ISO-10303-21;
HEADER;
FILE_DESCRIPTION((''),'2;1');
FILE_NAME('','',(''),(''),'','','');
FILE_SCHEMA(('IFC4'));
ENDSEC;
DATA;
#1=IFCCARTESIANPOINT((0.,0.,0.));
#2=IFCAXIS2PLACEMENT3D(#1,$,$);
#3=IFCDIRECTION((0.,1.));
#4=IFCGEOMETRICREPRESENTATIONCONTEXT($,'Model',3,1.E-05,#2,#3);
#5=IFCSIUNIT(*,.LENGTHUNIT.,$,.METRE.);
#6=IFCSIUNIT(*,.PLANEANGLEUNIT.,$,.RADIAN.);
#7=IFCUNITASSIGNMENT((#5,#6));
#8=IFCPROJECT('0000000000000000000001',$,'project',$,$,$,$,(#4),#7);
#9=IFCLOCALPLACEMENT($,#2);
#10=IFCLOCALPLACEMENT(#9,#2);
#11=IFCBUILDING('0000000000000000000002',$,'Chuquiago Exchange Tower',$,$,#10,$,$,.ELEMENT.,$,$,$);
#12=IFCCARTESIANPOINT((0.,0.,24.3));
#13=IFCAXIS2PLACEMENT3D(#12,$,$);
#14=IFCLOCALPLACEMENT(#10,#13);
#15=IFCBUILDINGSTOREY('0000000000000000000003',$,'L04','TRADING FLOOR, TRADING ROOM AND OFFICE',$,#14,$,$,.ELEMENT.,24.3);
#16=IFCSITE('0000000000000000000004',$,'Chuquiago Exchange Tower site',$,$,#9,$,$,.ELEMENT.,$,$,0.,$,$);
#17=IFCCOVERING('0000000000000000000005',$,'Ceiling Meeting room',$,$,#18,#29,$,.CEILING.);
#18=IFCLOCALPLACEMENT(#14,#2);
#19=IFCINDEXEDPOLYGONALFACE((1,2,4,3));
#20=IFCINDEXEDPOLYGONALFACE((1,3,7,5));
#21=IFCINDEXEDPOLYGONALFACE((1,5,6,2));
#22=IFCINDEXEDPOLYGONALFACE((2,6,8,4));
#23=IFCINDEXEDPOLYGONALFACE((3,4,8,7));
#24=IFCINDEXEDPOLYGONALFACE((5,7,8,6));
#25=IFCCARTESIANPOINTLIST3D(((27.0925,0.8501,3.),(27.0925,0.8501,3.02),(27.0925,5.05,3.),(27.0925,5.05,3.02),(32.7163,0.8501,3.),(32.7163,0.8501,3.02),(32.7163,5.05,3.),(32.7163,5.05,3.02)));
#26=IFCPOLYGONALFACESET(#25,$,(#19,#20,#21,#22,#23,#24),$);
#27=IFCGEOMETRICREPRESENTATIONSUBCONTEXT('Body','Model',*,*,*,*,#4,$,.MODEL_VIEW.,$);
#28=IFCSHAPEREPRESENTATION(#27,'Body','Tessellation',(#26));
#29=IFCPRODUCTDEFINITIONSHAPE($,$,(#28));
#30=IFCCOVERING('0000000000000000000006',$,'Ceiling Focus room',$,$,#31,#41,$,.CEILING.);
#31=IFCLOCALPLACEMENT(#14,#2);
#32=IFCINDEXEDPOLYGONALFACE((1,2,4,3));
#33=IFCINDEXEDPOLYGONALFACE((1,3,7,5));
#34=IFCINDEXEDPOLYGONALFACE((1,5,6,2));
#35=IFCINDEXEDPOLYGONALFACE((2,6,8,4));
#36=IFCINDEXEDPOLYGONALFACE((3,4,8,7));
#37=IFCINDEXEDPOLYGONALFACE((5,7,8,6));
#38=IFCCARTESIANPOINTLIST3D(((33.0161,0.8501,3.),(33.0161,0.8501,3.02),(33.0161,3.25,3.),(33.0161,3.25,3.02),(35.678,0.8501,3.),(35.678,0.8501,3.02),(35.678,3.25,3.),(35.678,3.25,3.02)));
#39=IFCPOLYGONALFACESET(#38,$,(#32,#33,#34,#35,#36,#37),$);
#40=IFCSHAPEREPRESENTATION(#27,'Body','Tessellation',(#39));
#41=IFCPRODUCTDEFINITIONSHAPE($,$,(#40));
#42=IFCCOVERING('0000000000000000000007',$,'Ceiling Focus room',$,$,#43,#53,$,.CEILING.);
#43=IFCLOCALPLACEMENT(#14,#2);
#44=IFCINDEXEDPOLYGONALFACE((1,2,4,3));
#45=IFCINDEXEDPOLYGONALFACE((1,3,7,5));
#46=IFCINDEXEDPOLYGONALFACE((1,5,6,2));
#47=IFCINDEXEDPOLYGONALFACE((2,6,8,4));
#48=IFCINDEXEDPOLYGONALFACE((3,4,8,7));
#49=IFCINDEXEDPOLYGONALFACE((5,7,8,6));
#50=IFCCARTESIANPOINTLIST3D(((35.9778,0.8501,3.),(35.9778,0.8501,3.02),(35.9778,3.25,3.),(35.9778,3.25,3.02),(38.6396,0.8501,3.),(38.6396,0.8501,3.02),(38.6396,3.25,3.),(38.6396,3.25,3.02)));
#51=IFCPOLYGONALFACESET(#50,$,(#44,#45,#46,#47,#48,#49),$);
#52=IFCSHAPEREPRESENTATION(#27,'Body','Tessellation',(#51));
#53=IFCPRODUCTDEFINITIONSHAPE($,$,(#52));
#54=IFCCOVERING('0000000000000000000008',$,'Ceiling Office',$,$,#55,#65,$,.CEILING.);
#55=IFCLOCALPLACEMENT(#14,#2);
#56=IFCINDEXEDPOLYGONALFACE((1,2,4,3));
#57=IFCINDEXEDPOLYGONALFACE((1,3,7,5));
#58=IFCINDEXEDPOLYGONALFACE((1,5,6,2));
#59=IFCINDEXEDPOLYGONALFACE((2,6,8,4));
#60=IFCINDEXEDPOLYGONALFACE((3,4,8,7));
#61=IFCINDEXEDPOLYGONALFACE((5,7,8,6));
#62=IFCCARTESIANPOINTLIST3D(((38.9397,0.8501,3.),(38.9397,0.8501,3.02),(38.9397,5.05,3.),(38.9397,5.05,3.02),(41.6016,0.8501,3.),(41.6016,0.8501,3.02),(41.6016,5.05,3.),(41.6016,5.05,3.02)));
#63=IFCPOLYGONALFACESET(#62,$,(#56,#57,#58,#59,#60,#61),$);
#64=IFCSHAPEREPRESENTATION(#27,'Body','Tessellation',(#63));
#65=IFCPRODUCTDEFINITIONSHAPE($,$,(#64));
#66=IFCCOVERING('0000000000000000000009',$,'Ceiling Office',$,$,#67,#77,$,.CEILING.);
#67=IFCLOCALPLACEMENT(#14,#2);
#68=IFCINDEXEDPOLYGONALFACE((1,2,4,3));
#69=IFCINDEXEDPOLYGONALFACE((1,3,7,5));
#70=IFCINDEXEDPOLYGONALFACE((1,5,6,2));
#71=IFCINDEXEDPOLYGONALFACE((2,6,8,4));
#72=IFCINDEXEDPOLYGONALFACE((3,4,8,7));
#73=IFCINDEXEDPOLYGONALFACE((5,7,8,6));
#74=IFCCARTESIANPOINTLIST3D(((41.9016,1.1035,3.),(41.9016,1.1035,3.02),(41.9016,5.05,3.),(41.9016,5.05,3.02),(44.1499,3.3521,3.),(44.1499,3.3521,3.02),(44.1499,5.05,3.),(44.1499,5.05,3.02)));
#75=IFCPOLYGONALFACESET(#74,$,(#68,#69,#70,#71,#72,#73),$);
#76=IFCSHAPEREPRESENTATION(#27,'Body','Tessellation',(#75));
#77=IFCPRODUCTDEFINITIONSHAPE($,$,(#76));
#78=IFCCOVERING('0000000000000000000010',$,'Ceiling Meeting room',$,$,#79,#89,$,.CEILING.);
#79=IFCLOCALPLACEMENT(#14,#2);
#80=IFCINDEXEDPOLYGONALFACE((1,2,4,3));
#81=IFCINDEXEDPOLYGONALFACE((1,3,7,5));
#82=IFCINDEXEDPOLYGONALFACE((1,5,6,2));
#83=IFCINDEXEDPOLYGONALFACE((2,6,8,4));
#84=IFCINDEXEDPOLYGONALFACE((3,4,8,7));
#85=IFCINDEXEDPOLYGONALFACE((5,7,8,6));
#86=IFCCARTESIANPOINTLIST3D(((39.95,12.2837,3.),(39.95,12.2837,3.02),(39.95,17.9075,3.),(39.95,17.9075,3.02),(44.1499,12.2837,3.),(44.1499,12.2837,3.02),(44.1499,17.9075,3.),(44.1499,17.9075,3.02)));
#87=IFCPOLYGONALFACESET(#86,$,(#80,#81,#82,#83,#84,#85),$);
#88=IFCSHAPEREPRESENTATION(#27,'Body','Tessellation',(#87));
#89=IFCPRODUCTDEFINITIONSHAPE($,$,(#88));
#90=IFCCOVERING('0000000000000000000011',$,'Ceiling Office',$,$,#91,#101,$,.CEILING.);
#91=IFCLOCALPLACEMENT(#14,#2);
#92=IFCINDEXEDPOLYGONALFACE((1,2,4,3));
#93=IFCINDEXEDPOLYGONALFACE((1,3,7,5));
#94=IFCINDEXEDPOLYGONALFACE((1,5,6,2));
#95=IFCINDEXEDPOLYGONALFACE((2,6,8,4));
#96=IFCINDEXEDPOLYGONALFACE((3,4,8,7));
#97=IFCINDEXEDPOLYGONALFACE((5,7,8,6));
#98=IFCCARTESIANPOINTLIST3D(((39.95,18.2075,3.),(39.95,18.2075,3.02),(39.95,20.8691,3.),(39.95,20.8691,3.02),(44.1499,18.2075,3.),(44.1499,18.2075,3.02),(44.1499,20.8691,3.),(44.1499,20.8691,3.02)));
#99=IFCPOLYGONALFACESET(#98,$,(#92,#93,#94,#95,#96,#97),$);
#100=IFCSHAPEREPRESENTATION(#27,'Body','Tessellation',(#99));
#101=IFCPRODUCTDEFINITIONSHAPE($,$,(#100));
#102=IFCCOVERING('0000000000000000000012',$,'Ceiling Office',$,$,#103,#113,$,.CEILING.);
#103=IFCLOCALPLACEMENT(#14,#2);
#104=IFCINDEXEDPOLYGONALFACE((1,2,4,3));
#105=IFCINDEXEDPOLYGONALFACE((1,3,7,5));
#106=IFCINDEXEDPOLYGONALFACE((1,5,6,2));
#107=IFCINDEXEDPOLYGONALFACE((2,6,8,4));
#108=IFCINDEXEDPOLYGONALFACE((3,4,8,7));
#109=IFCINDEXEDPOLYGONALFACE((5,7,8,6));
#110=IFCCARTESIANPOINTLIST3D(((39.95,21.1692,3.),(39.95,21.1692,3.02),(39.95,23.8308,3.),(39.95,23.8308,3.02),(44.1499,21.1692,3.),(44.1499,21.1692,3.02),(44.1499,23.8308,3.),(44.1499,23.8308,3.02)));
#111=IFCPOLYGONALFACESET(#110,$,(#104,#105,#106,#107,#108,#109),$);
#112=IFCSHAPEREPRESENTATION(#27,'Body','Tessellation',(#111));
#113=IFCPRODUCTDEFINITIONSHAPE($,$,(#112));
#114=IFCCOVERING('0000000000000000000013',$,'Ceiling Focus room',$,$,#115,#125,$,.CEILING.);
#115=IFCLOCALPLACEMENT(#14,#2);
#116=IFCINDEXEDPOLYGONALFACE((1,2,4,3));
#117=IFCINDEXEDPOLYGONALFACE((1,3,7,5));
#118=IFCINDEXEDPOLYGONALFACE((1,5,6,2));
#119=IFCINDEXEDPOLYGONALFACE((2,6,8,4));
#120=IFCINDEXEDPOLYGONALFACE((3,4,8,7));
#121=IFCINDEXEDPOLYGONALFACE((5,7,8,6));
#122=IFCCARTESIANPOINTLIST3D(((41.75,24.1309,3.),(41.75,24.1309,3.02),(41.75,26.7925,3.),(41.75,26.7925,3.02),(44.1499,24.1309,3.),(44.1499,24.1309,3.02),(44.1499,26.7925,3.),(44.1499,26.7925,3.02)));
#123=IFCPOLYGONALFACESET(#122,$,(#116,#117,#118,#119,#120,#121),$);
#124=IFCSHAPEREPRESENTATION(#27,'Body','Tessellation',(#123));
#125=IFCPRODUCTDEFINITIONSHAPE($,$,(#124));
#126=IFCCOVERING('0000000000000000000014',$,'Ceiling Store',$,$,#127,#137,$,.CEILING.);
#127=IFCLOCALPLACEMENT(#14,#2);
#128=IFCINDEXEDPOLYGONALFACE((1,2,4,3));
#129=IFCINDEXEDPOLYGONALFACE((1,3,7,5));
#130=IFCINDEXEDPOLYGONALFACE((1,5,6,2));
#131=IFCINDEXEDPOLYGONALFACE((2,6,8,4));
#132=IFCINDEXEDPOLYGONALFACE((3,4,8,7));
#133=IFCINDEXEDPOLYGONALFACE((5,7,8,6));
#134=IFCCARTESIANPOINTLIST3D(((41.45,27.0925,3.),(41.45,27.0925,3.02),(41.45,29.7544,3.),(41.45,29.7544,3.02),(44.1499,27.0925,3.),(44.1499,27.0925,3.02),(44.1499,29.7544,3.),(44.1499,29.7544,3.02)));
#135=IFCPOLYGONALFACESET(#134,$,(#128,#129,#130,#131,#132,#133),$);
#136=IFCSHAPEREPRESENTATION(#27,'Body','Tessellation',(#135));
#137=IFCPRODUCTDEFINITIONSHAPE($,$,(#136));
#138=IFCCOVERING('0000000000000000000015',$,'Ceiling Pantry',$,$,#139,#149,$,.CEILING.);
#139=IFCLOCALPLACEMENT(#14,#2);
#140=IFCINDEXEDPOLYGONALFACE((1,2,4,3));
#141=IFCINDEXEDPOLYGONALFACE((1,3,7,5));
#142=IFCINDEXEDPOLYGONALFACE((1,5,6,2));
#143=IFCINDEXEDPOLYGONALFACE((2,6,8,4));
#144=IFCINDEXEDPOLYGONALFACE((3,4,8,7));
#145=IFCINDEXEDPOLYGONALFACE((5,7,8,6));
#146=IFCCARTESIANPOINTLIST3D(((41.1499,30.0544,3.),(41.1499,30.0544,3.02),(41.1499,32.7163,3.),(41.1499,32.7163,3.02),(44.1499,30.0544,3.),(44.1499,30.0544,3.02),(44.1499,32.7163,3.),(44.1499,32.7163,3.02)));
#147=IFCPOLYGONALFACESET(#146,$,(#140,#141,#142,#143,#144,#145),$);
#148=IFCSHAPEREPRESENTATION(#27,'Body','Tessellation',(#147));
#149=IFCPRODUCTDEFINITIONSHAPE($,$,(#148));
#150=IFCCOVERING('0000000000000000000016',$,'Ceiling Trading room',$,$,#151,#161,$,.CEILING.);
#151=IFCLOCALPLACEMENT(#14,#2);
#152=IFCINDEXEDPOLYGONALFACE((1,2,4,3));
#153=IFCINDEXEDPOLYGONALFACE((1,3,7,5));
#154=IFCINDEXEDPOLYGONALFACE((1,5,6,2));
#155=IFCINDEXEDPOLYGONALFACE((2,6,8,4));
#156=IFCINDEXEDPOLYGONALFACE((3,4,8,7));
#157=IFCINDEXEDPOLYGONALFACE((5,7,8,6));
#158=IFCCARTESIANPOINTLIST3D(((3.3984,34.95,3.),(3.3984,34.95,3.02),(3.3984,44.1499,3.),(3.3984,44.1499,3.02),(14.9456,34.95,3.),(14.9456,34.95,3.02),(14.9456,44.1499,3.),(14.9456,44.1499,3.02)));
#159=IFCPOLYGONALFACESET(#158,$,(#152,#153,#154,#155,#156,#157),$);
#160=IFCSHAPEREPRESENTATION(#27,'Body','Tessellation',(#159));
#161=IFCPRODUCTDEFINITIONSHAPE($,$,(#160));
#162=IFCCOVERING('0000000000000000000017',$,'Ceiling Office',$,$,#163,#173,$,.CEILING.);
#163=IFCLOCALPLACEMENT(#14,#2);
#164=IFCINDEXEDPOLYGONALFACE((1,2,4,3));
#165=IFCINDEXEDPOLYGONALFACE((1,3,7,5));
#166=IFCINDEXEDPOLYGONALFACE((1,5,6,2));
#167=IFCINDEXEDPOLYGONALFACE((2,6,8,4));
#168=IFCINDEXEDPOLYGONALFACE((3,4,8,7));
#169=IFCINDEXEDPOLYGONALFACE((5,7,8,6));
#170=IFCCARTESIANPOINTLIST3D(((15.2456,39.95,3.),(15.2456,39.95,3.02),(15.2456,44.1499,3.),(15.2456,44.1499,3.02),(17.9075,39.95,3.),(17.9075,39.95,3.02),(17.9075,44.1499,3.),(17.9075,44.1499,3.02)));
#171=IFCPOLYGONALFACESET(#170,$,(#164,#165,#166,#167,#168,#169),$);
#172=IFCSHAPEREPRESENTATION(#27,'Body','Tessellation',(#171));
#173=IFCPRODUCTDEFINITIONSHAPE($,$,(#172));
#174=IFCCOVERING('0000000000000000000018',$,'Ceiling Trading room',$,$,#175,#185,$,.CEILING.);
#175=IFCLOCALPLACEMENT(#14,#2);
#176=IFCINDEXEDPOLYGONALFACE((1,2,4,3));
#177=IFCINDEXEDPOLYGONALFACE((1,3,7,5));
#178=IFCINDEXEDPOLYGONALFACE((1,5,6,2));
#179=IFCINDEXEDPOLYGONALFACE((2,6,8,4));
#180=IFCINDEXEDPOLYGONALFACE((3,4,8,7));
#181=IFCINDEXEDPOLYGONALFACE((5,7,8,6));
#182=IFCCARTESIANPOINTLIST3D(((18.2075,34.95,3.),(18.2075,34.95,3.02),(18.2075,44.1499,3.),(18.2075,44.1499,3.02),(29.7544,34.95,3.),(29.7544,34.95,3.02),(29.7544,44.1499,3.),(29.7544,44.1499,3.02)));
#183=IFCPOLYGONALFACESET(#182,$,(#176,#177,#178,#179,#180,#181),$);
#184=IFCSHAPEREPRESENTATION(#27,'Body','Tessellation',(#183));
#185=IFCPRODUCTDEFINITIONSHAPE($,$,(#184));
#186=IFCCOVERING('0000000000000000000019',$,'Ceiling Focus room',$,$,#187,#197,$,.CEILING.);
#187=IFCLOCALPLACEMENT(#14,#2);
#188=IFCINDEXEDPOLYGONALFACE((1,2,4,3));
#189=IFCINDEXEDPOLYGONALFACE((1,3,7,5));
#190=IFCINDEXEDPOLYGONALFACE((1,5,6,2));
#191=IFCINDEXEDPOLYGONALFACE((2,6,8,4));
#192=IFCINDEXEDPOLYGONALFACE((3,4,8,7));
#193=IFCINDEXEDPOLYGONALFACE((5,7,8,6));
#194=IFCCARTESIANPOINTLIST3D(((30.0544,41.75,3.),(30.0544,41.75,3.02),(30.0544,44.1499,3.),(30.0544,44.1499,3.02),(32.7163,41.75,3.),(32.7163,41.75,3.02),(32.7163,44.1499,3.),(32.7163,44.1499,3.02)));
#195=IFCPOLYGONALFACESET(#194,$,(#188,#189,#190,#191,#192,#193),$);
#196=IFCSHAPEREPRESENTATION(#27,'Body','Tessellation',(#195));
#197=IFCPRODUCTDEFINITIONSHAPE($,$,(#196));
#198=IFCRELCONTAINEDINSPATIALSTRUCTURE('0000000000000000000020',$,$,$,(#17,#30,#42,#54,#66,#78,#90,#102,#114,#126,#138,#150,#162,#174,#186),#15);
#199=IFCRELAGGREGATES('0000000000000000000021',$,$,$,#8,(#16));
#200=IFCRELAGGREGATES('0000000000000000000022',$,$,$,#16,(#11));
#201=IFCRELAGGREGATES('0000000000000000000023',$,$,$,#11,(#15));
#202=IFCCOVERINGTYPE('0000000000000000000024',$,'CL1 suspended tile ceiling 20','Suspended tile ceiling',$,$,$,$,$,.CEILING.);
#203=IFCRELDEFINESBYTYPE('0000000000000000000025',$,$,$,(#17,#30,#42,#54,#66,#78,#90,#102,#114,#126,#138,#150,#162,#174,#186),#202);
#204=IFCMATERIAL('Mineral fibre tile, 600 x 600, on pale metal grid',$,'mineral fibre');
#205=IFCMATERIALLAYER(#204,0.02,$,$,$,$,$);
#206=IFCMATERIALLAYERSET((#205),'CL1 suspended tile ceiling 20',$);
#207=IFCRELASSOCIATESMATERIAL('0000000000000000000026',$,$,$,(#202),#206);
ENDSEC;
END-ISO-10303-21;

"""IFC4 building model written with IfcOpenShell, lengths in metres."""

from ifc_helpers import new_model, si_unit, direction, frame, origin, place, context, subcontext, project, spatial, polyline, outline, extrude, material, layer, layer_set, type_object, element, save


model = new_model("IFC4")

# Units and contexts
model_context = context("Model", 3, precision=1e-05, world=origin(), true_north=direction((0.0, 1.0)))
body_context = subcontext(model_context, "Body", "Model", "MODEL_VIEW")
ifc_project = project(units=[si_unit("LENGTHUNIT", "METRE"), si_unit("PLANEANGLEUNIT", "RADIAN")], contexts=[model_context])

# Site, building, storey
site_placement = place(None, origin())
site = spatial("IfcSite", under=ifc_project, at=site_placement, Name="Chuquiago Exchange Tower site", CompositionType="ELEMENT", RefElevation=0.0)
building_placement = place(site_placement, origin())
building = spatial("IfcBuilding", under=site, at=building_placement, Name="Chuquiago Exchange Tower", CompositionType="ELEMENT")
storey_placement = place(building_placement, frame((0.0, 0.0, 24.3)))
storey = spatial("IfcBuildingStorey", under=building, at=storey_placement, Name="L04", Description="TRADING FLOOR, TRADING ROOM AND OFFICE", CompositionType="ELEMENT", Elevation=24.3)

# Coverings
ifc_material = material(Name="Mineral fibre tile, 600 x 600, on pale metal grid", Category="mineral fibre")
ifc_layer = layer(ifc_material, 0.02)
ifc_layer_set = layer_set([ifc_layer], Name="CL1 suspended tile ceiling 20")
covering_type = type_object("IfcCoveringType", Name="CL1 suspended tile ceiling 20", Description="Suspended tile ceiling", PredefinedType="CEILING", material=ifc_layer_set)
covering_1_placement = place(storey_placement, frame((0.0, 0.0, 3.0)))
element("IfcCovering", 1, at=covering_1_placement, inside=storey, type_object=covering_type, Name="Ceiling Meeting room", PredefinedType="CEILING", context=body_context, shape_type="SweptSolid", body=[
    extrude(outline(polyline([(27.0925, 5.05), (32.7163, 5.05), (32.7163, 0.8501), (27.0925, 0.8501), (27.0925, 5.05)])), origin(), (0.0, 0.0, 1.0), 0.02),
])
covering_2_placement = place(storey_placement, frame((0.0, 0.0, 3.0)))
element("IfcCovering", 2, at=covering_2_placement, inside=storey, type_object=covering_type, Name="Ceiling Focus room", PredefinedType="CEILING", context=body_context, shape_type="SweptSolid", body=[
    extrude(outline(polyline([(33.0161, 3.25), (35.678, 3.25), (35.678, 0.8501), (33.0161, 0.8501), (33.0161, 3.25)])), origin(), (0.0, 0.0, 1.0), 0.02),
])
covering_3_placement = place(storey_placement, frame((0.0, 0.0, 3.0)))
element("IfcCovering", 3, at=covering_3_placement, inside=storey, type_object=covering_type, Name="Ceiling Focus room", PredefinedType="CEILING", context=body_context, shape_type="SweptSolid", body=[
    extrude(outline(polyline([(35.9778, 3.25), (38.6396, 3.25), (38.6396, 0.8501), (35.9778, 0.8501), (35.9778, 3.25)])), origin(), (0.0, 0.0, 1.0), 0.02),
])
covering_4_placement = place(storey_placement, frame((0.0, 0.0, 3.0)))
element("IfcCovering", 4, at=covering_4_placement, inside=storey, type_object=covering_type, Name="Ceiling Office", PredefinedType="CEILING", context=body_context, shape_type="SweptSolid", body=[
    extrude(outline(polyline([(38.9397, 0.8501), (38.9397, 5.05), (41.6016, 5.05), (41.6016, 0.8501), (38.9397, 0.8501)])), origin(), (0.0, 0.0, 1.0), 0.02),
])
covering_5_placement = place(storey_placement, frame((0.0, 0.0, 3.0)))
element("IfcCovering", 5, at=covering_5_placement, inside=storey, type_object=covering_type, Name="Ceiling Office", PredefinedType="CEILING", context=body_context, shape_type="SweptSolid", body=[
    extrude(outline(polyline([(41.9016, 1.1035), (41.9016, 5.05), (44.1499, 5.05), (44.1499, 3.3521), (41.9016, 1.1035)])), origin(), (0.0, 0.0, 1.0), 0.02),
])
covering_6_placement = place(storey_placement, frame((0.0, 0.0, 3.0)))
element("IfcCovering", 6, at=covering_6_placement, inside=storey, type_object=covering_type, Name="Ceiling Meeting room", PredefinedType="CEILING", context=body_context, shape_type="SweptSolid", body=[
    extrude(outline(polyline([(39.95, 12.2837), (39.95, 17.9075), (44.1499, 17.9075), (44.1499, 12.2837), (39.95, 12.2837)])), origin(), (0.0, 0.0, 1.0), 0.02),
])
covering_7_placement = place(storey_placement, frame((0.0, 0.0, 3.0)))
element("IfcCovering", 7, at=covering_7_placement, inside=storey, type_object=covering_type, Name="Ceiling Office", PredefinedType="CEILING", context=body_context, shape_type="SweptSolid", body=[
    extrude(outline(polyline([(39.95, 18.2075), (39.95, 20.8691), (44.1499, 20.8691), (44.1499, 18.2075), (39.95, 18.2075)])), origin(), (0.0, 0.0, 1.0), 0.02),
])
covering_8_placement = place(storey_placement, frame((0.0, 0.0, 3.0)))
element("IfcCovering", 8, at=covering_8_placement, inside=storey, type_object=covering_type, Name="Ceiling Office", PredefinedType="CEILING", context=body_context, shape_type="SweptSolid", body=[
    extrude(outline(polyline([(39.95, 21.1692), (39.95, 23.8308), (44.1499, 23.8308), (44.1499, 21.1692), (39.95, 21.1692)])), origin(), (0.0, 0.0, 1.0), 0.02),
])
covering_9_placement = place(storey_placement, frame((0.0, 0.0, 3.0)))
element("IfcCovering", 9, at=covering_9_placement, inside=storey, type_object=covering_type, Name="Ceiling Focus room", PredefinedType="CEILING", context=body_context, shape_type="SweptSolid", body=[
    extrude(outline(polyline([(41.75, 24.1309), (41.75, 26.7925), (44.1499, 26.7925), (44.1499, 24.1309), (41.75, 24.1309)])), origin(), (0.0, 0.0, 1.0), 0.02),
])
covering_10_placement = place(storey_placement, frame((0.0, 0.0, 3.0)))
element("IfcCovering", 10, at=covering_10_placement, inside=storey, type_object=covering_type, Name="Ceiling Store", PredefinedType="CEILING", context=body_context, shape_type="SweptSolid", body=[
    extrude(outline(polyline([(41.45, 27.0925), (41.45, 29.7544), (44.1499, 29.7544), (44.1499, 27.0925), (41.45, 27.0925)])), origin(), (0.0, 0.0, 1.0), 0.02),
])
covering_11_placement = place(storey_placement, frame((0.0, 0.0, 3.0)))
element("IfcCovering", 11, at=covering_11_placement, inside=storey, type_object=covering_type, Name="Ceiling Pantry", PredefinedType="CEILING", context=body_context, shape_type="SweptSolid", body=[
    extrude(outline(polyline([(41.1499, 30.0544), (41.1499, 32.7163), (44.1499, 32.7163), (44.1499, 30.0544), (41.1499, 30.0544)])), origin(), (0.0, 0.0, 1.0), 0.02),
])
covering_12_placement = place(storey_placement, frame((0.0, 0.0, 3.0)))
element("IfcCovering", 12, at=covering_12_placement, inside=storey, type_object=covering_type, Name="Ceiling Trading room", PredefinedType="CEILING", context=body_context, shape_type="SweptSolid", body=[
    extrude(outline(polyline([(14.9456, 44.1499), (14.9456, 34.95), (3.3984, 34.95), (3.3984, 44.1499), (14.9456, 44.1499)])), origin(), (0.0, 0.0, 1.0), 0.02),
])
covering_13_placement = place(storey_placement, frame((0.0, 0.0, 3.0)))
element("IfcCovering", 13, at=covering_13_placement, inside=storey, type_object=covering_type, Name="Ceiling Office", PredefinedType="CEILING", context=body_context, shape_type="SweptSolid", body=[
    extrude(outline(polyline([(17.9075, 39.95), (15.2456, 39.95), (15.2456, 44.1499), (17.9075, 44.1499), (17.9075, 39.95)])), origin(), (0.0, 0.0, 1.0), 0.02),
])
covering_14_placement = place(storey_placement, frame((0.0, 0.0, 3.0)))
element("IfcCovering", 14, at=covering_14_placement, inside=storey, type_object=covering_type, Name="Ceiling Trading room", PredefinedType="CEILING", context=body_context, shape_type="SweptSolid", body=[
    extrude(outline(polyline([(29.7544, 34.95), (18.2075, 34.95), (18.2075, 44.1499), (29.7544, 44.1499), (29.7544, 34.95)])), origin(), (0.0, 0.0, 1.0), 0.02),
])
covering_15_placement = place(storey_placement, frame((0.0, 0.0, 3.0)))
element("IfcCovering", 15, at=covering_15_placement, inside=storey, type_object=covering_type, Name="Ceiling Focus room", PredefinedType="CEILING", context=body_context, shape_type="SweptSolid", body=[
    extrude(outline(polyline([(32.7163, 41.75), (30.0544, 41.75), (30.0544, 44.1499), (32.7163, 44.1499), (32.7163, 41.75)])), origin(), (0.0, 0.0, 1.0), 0.02),
])

save(model, "model.ifc")
